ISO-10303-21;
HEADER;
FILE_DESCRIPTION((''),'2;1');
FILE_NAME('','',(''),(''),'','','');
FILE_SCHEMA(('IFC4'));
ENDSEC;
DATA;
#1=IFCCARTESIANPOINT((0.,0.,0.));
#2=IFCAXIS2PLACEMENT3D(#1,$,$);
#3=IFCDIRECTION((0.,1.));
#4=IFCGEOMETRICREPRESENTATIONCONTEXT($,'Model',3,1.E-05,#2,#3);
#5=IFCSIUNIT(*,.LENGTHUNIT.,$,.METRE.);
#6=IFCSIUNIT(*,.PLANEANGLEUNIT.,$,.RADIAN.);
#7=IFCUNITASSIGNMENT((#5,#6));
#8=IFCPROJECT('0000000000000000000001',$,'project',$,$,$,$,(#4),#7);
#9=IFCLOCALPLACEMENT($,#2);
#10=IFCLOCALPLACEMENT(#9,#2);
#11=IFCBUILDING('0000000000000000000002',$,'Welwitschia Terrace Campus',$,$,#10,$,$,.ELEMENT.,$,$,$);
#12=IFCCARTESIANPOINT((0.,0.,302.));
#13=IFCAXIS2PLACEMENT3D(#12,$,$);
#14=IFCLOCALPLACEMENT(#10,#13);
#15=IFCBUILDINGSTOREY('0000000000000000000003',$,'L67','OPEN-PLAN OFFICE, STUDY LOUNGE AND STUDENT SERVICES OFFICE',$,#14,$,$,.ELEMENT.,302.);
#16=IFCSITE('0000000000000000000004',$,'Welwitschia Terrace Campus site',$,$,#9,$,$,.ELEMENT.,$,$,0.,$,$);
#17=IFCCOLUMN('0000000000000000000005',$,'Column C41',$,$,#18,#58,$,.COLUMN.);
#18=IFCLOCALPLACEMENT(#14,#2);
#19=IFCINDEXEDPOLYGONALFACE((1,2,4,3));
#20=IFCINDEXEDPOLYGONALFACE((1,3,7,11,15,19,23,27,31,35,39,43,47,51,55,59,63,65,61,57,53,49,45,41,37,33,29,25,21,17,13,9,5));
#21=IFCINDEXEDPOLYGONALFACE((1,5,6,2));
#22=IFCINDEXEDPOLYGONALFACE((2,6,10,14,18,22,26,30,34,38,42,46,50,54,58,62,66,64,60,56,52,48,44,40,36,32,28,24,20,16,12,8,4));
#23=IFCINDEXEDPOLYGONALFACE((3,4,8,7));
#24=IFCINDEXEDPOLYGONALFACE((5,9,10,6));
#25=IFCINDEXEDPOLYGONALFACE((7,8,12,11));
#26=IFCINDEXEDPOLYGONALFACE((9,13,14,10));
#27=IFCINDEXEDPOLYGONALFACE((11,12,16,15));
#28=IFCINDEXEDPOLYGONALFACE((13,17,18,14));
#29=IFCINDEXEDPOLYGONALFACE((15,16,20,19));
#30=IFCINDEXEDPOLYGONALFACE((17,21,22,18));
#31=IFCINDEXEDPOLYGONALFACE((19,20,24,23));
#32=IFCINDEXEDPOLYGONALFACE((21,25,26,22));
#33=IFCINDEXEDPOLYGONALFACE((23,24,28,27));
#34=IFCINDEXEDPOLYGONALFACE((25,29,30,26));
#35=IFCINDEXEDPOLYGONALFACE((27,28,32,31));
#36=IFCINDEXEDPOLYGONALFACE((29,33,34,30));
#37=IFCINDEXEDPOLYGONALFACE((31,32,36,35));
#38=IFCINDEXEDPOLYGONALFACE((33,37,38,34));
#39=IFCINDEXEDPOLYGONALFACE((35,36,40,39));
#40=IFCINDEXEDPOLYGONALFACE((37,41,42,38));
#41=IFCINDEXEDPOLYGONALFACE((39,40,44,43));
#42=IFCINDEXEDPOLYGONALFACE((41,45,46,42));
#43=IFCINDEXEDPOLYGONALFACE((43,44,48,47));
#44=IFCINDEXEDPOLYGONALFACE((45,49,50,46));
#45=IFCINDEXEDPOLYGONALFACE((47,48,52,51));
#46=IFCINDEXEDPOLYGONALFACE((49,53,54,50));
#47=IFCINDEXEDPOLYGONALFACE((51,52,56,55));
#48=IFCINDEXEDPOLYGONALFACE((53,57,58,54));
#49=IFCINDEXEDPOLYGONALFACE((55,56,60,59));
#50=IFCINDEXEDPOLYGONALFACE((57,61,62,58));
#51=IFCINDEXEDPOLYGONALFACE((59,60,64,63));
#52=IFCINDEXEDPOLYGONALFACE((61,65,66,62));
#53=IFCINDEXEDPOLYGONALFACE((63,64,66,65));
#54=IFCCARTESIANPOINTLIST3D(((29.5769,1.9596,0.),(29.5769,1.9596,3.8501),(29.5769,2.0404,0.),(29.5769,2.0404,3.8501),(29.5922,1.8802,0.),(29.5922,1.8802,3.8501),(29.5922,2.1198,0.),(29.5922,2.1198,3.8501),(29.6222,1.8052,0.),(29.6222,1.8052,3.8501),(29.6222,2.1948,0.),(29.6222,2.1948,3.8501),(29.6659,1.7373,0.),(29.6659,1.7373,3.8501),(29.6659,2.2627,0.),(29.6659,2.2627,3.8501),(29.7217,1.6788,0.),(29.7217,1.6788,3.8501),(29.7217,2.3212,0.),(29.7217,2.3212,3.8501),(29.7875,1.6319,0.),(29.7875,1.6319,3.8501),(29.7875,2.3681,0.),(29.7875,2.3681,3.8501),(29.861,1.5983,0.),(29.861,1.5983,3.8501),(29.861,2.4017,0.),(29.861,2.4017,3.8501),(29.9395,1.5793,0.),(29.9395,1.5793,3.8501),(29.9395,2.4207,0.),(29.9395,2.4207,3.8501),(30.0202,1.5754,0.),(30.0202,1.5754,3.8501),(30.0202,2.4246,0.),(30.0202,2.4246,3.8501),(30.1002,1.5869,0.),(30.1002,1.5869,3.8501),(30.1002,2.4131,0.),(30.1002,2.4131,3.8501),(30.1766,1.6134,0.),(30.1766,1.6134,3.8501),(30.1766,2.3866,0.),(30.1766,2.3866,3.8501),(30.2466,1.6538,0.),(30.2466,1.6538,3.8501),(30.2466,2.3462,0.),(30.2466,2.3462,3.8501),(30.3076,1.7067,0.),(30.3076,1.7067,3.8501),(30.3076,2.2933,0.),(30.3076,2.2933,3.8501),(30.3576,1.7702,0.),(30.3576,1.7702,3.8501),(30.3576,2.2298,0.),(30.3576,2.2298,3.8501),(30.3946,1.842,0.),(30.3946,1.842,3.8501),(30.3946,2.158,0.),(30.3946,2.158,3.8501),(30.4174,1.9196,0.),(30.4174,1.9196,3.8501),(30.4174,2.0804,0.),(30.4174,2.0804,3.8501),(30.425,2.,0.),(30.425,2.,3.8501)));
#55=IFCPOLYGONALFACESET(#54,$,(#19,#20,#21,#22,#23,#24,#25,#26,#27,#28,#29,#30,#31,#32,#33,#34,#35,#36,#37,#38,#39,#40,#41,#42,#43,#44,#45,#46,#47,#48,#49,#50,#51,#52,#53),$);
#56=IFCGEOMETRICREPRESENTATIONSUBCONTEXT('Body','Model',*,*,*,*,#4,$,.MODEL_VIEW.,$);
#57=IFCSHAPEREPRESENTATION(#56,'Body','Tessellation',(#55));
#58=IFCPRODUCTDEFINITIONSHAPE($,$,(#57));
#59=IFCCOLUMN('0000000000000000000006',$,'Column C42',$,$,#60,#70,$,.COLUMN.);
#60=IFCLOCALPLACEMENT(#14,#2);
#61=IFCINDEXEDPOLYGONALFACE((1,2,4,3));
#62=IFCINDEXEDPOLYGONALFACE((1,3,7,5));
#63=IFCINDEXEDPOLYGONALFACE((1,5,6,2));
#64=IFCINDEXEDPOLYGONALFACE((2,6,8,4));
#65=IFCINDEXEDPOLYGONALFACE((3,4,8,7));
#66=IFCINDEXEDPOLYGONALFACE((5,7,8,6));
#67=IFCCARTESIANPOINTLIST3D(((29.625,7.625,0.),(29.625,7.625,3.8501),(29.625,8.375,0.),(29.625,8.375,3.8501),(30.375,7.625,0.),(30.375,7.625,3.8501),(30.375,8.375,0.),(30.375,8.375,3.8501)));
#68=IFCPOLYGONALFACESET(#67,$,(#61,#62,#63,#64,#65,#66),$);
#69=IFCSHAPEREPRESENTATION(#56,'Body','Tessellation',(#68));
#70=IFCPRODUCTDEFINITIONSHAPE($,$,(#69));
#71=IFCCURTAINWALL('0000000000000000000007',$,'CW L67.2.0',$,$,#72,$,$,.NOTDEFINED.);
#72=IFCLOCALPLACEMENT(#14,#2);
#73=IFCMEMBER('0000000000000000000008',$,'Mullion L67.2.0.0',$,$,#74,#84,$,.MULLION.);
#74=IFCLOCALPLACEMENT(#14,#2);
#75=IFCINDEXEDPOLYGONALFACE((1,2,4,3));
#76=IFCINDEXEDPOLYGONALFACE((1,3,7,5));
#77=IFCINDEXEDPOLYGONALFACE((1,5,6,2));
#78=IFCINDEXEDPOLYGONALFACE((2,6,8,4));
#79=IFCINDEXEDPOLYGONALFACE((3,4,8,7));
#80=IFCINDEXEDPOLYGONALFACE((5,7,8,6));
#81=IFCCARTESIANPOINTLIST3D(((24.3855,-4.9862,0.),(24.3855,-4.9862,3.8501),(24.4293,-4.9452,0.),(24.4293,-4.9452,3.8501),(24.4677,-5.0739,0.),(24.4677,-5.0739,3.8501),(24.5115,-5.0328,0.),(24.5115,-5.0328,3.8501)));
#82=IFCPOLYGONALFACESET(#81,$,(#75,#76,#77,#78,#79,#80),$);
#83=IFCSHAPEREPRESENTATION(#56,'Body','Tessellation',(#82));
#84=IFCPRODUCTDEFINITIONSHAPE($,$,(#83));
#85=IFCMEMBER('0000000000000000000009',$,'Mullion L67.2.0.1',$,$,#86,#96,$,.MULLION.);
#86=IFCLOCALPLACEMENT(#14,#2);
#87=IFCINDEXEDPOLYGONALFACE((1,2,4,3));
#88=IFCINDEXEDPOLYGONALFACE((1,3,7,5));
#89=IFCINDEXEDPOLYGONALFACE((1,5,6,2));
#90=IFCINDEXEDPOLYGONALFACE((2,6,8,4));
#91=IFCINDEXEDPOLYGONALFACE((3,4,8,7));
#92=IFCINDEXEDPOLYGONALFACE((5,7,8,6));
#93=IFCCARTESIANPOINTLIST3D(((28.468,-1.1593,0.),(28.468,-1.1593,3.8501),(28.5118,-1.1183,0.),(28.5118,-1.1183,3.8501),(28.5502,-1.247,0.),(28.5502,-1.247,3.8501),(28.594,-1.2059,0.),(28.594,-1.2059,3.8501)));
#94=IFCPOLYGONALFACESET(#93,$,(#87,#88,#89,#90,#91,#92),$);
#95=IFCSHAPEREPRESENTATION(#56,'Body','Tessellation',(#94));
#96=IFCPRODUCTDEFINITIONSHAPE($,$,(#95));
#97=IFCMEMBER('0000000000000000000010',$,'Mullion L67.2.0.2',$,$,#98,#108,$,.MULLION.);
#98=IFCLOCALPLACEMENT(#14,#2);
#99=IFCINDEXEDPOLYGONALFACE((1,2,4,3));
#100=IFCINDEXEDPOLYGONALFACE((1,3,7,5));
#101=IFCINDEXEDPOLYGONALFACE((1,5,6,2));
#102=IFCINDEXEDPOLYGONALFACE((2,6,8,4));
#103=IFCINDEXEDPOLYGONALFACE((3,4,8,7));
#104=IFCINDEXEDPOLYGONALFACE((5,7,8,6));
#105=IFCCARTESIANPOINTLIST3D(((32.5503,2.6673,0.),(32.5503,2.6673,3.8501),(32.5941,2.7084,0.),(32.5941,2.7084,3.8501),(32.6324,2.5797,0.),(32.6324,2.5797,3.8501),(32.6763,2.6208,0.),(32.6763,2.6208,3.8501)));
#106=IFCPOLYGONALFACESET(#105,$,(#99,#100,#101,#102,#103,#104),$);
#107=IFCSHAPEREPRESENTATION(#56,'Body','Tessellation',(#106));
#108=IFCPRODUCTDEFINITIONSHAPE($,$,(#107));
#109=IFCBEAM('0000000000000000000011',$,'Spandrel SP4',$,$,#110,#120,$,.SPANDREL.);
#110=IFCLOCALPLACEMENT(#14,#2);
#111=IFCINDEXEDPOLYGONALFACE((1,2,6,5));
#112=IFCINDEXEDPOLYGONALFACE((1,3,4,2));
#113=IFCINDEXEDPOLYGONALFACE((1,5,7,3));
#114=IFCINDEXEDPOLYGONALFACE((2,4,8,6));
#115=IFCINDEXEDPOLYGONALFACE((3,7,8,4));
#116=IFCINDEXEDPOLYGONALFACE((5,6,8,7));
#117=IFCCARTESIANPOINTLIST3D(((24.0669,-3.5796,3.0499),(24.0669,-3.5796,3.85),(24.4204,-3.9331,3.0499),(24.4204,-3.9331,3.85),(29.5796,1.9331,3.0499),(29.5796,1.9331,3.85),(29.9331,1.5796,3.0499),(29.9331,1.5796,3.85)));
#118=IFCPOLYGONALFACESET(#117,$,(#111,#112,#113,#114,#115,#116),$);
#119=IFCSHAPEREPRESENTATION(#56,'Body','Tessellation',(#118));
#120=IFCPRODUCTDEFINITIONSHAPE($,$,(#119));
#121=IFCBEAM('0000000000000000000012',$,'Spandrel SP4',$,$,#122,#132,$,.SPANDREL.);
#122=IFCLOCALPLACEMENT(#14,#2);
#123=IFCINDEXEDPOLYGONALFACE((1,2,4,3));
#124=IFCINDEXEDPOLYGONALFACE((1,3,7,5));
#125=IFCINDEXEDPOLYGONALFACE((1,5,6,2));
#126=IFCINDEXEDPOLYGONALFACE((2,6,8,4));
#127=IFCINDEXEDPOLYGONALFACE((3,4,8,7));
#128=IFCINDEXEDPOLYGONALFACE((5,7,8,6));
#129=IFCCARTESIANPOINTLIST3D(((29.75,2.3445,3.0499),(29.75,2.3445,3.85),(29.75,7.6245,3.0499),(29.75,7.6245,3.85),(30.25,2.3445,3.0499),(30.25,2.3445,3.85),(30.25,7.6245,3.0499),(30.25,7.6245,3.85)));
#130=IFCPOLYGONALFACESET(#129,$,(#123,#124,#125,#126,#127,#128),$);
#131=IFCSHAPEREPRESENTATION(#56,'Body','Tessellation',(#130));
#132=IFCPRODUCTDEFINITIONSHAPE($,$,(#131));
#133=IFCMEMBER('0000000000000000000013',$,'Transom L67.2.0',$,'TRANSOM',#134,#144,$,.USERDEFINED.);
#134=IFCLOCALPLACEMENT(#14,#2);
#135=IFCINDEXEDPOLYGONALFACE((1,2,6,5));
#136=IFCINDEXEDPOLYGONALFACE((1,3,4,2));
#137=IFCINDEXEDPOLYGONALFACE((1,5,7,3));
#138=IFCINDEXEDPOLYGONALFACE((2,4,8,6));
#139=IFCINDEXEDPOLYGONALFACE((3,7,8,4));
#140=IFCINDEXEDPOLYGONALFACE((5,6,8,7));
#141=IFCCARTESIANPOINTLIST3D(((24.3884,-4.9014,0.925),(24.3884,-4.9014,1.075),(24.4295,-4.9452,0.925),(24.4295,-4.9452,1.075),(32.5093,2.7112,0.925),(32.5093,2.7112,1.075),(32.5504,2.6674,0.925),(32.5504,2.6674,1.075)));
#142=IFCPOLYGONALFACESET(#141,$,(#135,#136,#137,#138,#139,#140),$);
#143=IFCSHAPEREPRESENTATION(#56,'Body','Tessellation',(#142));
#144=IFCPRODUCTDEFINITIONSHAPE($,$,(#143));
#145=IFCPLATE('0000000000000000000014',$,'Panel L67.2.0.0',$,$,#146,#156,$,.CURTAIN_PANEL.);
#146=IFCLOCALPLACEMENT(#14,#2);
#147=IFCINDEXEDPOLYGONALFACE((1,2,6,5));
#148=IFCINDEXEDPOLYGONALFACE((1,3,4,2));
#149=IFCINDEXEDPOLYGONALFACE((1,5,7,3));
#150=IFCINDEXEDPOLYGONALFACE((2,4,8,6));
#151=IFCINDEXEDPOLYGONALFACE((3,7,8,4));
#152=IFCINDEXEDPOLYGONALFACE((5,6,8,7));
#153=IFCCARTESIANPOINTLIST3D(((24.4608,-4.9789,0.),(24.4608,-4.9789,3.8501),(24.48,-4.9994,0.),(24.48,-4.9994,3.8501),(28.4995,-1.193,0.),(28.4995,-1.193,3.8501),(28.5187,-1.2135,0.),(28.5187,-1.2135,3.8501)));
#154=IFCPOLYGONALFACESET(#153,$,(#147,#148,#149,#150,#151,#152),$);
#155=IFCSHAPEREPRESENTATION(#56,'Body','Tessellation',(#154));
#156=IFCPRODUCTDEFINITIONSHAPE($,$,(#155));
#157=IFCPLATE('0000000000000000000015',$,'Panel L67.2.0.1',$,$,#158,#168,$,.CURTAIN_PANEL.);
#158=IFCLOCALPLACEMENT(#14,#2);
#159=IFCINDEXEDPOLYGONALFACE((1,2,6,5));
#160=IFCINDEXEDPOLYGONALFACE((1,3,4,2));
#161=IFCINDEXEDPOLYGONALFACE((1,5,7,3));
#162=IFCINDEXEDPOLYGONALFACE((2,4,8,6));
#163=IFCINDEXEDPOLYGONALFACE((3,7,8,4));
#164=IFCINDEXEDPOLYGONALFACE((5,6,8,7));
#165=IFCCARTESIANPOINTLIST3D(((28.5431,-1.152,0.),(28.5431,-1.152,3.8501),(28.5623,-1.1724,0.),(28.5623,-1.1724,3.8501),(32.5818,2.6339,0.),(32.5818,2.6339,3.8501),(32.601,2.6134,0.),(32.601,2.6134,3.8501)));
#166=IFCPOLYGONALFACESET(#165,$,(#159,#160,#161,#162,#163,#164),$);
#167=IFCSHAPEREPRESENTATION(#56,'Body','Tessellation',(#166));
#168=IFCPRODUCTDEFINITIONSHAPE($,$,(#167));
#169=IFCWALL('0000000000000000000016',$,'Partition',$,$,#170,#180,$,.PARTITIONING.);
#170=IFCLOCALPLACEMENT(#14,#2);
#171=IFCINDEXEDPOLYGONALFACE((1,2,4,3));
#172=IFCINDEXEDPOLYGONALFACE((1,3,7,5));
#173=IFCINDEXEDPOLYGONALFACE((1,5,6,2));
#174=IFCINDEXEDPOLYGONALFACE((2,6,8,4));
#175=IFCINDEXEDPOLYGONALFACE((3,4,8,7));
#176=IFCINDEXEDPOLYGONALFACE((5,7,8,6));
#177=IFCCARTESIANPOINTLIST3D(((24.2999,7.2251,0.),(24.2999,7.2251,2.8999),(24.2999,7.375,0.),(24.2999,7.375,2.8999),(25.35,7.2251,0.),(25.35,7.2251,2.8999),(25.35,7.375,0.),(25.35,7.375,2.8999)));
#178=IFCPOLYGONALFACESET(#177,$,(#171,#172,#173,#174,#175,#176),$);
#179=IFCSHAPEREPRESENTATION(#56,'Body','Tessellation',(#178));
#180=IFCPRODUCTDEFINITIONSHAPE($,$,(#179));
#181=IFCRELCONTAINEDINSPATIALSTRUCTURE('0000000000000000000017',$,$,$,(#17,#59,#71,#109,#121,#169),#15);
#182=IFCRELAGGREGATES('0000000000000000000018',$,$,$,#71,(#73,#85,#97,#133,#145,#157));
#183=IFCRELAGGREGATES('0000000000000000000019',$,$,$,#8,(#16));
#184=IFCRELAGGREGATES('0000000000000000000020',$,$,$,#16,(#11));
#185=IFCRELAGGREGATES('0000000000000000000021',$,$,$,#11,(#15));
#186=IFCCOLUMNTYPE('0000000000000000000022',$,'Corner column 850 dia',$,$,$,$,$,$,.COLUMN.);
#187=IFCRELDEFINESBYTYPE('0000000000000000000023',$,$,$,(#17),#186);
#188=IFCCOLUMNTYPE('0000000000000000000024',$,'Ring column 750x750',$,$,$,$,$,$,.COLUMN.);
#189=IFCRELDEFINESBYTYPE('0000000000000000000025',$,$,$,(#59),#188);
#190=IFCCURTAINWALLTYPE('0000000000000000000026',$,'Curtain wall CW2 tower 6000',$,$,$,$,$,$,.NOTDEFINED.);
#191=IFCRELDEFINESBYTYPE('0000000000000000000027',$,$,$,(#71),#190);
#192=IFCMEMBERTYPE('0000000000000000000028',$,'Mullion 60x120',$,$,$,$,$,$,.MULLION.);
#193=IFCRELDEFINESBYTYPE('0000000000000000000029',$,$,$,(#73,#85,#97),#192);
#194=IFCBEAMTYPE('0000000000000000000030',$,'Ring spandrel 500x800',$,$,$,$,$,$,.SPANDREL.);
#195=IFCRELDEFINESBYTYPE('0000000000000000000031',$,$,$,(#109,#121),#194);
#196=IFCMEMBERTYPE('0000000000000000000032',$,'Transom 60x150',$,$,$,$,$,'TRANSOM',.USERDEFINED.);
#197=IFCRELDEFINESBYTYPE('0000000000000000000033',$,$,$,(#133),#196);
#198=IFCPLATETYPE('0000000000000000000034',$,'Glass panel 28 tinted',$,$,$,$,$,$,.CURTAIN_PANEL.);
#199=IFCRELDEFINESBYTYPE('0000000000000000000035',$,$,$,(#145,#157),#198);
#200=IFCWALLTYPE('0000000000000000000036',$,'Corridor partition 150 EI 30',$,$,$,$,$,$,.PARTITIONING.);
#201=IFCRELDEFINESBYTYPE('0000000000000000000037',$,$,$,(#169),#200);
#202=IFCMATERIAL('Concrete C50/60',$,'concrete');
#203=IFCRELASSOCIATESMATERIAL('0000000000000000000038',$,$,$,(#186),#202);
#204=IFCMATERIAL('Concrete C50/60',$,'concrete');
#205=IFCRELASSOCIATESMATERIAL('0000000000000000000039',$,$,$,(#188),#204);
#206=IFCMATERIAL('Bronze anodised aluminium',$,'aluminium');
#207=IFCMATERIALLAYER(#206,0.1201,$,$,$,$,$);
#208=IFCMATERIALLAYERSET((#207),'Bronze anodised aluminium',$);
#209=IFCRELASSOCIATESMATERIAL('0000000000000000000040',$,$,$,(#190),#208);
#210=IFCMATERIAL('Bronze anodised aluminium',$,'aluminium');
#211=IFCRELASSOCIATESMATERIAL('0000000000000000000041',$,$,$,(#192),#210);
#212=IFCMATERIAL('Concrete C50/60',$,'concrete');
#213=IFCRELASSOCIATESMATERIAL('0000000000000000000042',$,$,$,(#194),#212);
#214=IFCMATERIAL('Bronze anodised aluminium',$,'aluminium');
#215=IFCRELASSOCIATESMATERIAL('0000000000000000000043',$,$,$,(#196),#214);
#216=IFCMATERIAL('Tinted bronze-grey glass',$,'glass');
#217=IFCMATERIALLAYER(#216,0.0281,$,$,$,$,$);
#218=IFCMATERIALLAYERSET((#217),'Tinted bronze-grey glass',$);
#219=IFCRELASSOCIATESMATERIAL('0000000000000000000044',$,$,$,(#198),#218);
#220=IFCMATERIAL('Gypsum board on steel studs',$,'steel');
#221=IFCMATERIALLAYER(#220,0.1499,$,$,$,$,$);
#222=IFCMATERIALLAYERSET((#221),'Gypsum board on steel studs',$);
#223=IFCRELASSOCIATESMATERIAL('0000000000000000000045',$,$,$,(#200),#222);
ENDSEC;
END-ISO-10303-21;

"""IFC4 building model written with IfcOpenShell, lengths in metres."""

from ifc_helpers import new_model, si_unit, direction, frame, frame_2d, origin, origin_2d, place, context, subcontext, project, spatial, rectangle, circle, extrude, material, layer, layer_set, material_profile, profile_set, type_object, element, aggregate, save


model = new_model("IFC4")

# Units and contexts
model_context = context("Model", 3, precision=1e-05, world=origin(), true_north=direction((0.0, 1.0)))
body_context = subcontext(model_context, "Body", "Model", "MODEL_VIEW")
ifc_project = project(units=[si_unit("LENGTHUNIT", "METRE"), si_unit("PLANEANGLEUNIT", "RADIAN")], contexts=[model_context])

# Site, building, storey
site_placement = place(None, origin())
site = spatial("IfcSite", under=ifc_project, at=site_placement, Name="Welwitschia Terrace Campus site", CompositionType="ELEMENT", RefElevation=0.0)
building_placement = place(site_placement, origin())
building = spatial("IfcBuilding", under=site, at=building_placement, Name="Welwitschia Terrace Campus", CompositionType="ELEMENT")
storey_placement = place(building_placement, frame((0.0, 0.0, 302.0)))
storey = spatial("IfcBuildingStorey", under=building, at=storey_placement, Name="L67", Description="OPEN-PLAN OFFICE, STUDY LOUNGE AND STUDENT SERVICES OFFICE", CompositionType="ELEMENT", Elevation=302.0)

# Columns
ifc_material_1 = material(Name="Concrete C50/60", Category="concrete")
ifc_material_profile_1 = material_profile(ifc_material_1, circle(Radius=0.425, at=origin_2d()))
ifc_profile_set_1 = profile_set([ifc_material_profile_1], Name="Concrete C50/60")
column_type_1 = type_object("IfcColumnType", Name="Corner column 850 dia", PredefinedType="COLUMN", material=ifc_profile_set_1)
column_1_placement = place(storey_placement, frame((30.0, 2.0, 0.0), z_axis=(0.0, 0.0, 1.0), x_axis=(1.0, 0.0, 0.0)))
element("IfcColumn", 1, at=column_1_placement, inside=storey, type_object=column_type_1, Name="Column C41", PredefinedType="COLUMN", context=body_context, shape_type="SweptSolid", body=[
    extrude(circle(Radius=0.425, at=origin_2d()), origin(), (0.0, 0.0, 1.0), 3.8501),
])
ifc_material_2 = material(Name="Concrete C50/60", Category="concrete")
ifc_material_profile_2 = material_profile(ifc_material_2, rectangle(XDim=0.75, YDim=0.75, at=origin_2d()))
ifc_profile_set_2 = profile_set([ifc_material_profile_2], Name="Concrete C50/60")
column_type_2 = type_object("IfcColumnType", Name="Ring column 750x750", PredefinedType="COLUMN", material=ifc_profile_set_2)
column_2_placement = place(storey_placement, frame((30.0, 8.0, 0.0), z_axis=(0.0, 0.0, 1.0), x_axis=(1.0, 0.0, 0.0)))
element("IfcColumn", 2, at=column_2_placement, inside=storey, type_object=column_type_2, Name="Column C42", PredefinedType="COLUMN", context=body_context, shape_type="SweptSolid", body=[
    extrude(rectangle(XDim=0.75, YDim=0.75, at=origin_2d()), origin(), (0.0, 0.0, 1.0), 3.8501),
])

# Curtain wall, members
ifc_material_3 = material(Name="Bronze anodised aluminium", Category="aluminium")
ifc_layer_1 = layer(ifc_material_3, 0.1201)
ifc_layer_set_1 = layer_set([ifc_layer_1], Name="Bronze anodised aluminium")
curtain_wall_type = type_object("IfcCurtainWallType", Name="Curtain wall CW2 tower 6000", PredefinedType="NOTDEFINED", material=ifc_layer_set_1)
curtain_wall_placement = place(storey_placement, origin())
curtain_wall = element("IfcCurtainWall", 3, at=curtain_wall_placement, inside=storey, type_object=curtain_wall_type, Name="CW L67.2.0", PredefinedType="NOTDEFINED")
ifc_material_4 = material(Name="Bronze anodised aluminium", Category="aluminium")
ifc_material_profile_3 = material_profile(ifc_material_4, rectangle(XDim=0.1201, YDim=0.0601, at=origin_2d()))
ifc_profile_set_3 = profile_set([ifc_material_profile_3], Name="Bronze anodised aluminium")
member_type_1 = type_object("IfcMemberType", Name="Mullion 60x120", PredefinedType="MULLION", material=ifc_profile_set_3)
member_1_placement = place(storey_placement, frame((24.4485, -5.0095, 0.0), z_axis=(0.0, 0.0, 1.0), x_axis=(-0.683902, 0.729574, 0.0)))
member_1 = element("IfcMember", 4, at=member_1_placement, type_object=member_type_1, Name="Mullion L67.2.0.0", PredefinedType="MULLION", context=body_context, shape_type="SweptSolid", body=[
    extrude(rectangle(XDim=0.1201, YDim=0.0601, at=origin_2d()), origin(), (0.0, 0.0, 1.0), 3.8501),
])
member_2_placement = place(storey_placement, frame((28.531, -1.1826, 0.0), z_axis=(0.0, 0.0, 1.0), x_axis=(-0.683902, 0.729574, 0.0)))
member_2 = element("IfcMember", 5, at=member_2_placement, type_object=member_type_1, Name="Mullion L67.2.0.1", PredefinedType="MULLION", context=body_context, shape_type="SweptSolid", body=[
    extrude(rectangle(XDim=0.1201, YDim=0.0601, at=origin_2d()), origin(), (0.0, 0.0, 1.0), 3.8501),
])
member_3_placement = place(storey_placement, frame((32.6133, 2.644, 0.0), z_axis=(0.0, 0.0, 1.0), x_axis=(-0.683902, 0.729574, 0.0)))
member_3 = element("IfcMember", 6, at=member_3_placement, type_object=member_type_1, Name="Mullion L67.2.0.2", PredefinedType="MULLION", context=body_context, shape_type="SweptSolid", body=[
    extrude(rectangle(XDim=0.1201, YDim=0.0601, at=origin_2d()), origin(), (0.0, 0.0, 1.0), 3.8501),
])

# Beams
ifc_material_5 = material(Name="Concrete C50/60", Category="concrete")
ifc_material_profile_4 = material_profile(ifc_material_5, rectangle(XDim=0.5, YDim=0.8, at=origin_2d()))
ifc_profile_set_4 = profile_set([ifc_material_profile_4], Name="Concrete C50/60")
beam_type = type_object("IfcBeamType", Name="Ring spandrel 500x800", PredefinedType="SPANDREL", material=ifc_profile_set_4)
beam_1_placement = place(storey_placement, frame((24.2437, -3.7563, 3.45), z_axis=(0.707107, 0.707107, 0.0), x_axis=(-0.707107, 0.707107, 0.0)))
element("IfcBeam", 7, at=beam_1_placement, inside=storey, type_object=beam_type, Name="Spandrel SP4", PredefinedType="SPANDREL", context=body_context, shape_type="SweptSolid", body=[
    extrude(rectangle(XDim=0.5, YDim=0.8, at=origin_2d()), origin(), (0.0, 0.0, 1.0), 7.7961),
])
beam_2_placement = place(storey_placement, frame((30.0, 2.3445, 3.45), z_axis=(0.0, 1.0, 0.0), x_axis=(-1.0, 0.0, 0.0)))
element("IfcBeam", 8, at=beam_2_placement, inside=storey, type_object=beam_type, Name="Spandrel SP4", PredefinedType="SPANDREL", context=body_context, shape_type="SweptSolid", body=[
    extrude(rectangle(XDim=0.5, YDim=0.8, at=origin_2d()), origin(), (0.0, 0.0, 1.0), 5.28),
])

# Member
ifc_material_6 = material(Name="Bronze anodised aluminium", Category="aluminium")
ifc_material_profile_5 = material_profile(ifc_material_6, rectangle(XDim=0.0601, YDim=0.1499, at=origin_2d()))
ifc_profile_set_5 = profile_set([ifc_material_profile_5], Name="Bronze anodised aluminium")
member_type_2 = type_object("IfcMemberType", Name="Transom 60x150", ElementType="TRANSOM", PredefinedType="USERDEFINED", material=ifc_profile_set_5)
member_4_placement = place(storey_placement, frame((24.4089, -4.9233, 1.0), z_axis=(0.729571, 0.683905, 0.0), x_axis=(-0.683905, 0.729571, 0.0)))
member_4 = element("IfcMember", 9, at=member_4_placement, type_object=member_type_2, Name="Transom L67.2.0", ObjectType="TRANSOM", PredefinedType="USERDEFINED", context=body_context, shape_type="SweptSolid", body=[
    extrude(rectangle(XDim=0.0601, YDim=0.1499, at=origin_2d()), origin(), (0.0, 0.0, 1.0), 11.1311),
])

# Plates
ifc_material_7 = material(Name="Tinted bronze-grey glass", Category="glass")
ifc_layer_2 = layer(ifc_material_7, 0.0281)
ifc_layer_set_2 = layer_set([ifc_layer_2], Name="Tinted bronze-grey glass")
plate_type = type_object("IfcPlateType", Name="Glass panel 28 tinted", PredefinedType="CURTAIN_PANEL", material=ifc_layer_set_2)
plate_1_placement = place(storey_placement, frame((26.4897, -3.0962, 0.0), z_axis=(0.0, 0.0, 1.0), x_axis=(0.729574, 0.683902, 0.0)))
plate_1 = element("IfcPlate", 10, at=plate_1_placement, type_object=plate_type, Name="Panel L67.2.0.0", PredefinedType="CURTAIN_PANEL", context=body_context, shape_type="SweptSolid", body=[
    extrude(rectangle(XDim=5.5356, YDim=0.0281, at=origin_2d()), origin(), (0.0, 0.0, 1.0), 3.8501),
])
plate_2_placement = place(storey_placement, frame((30.572, 0.7307, 0.0), z_axis=(0.0, 0.0, 1.0), x_axis=(0.729574, 0.683902, 0.0)))
plate_2 = element("IfcPlate", 11, at=plate_2_placement, type_object=plate_type, Name="Panel L67.2.0.1", PredefinedType="CURTAIN_PANEL", context=body_context, shape_type="SweptSolid", body=[
    extrude(rectangle(XDim=5.5356, YDim=0.0281, at=origin_2d()), origin(), (0.0, 0.0, 1.0), 3.8501),
])
aggregate(curtain_wall, [member_1, member_2, member_3, member_4, plate_1, plate_2])

# Wall
ifc_material_8 = material(Name="Gypsum board on steel studs", Category="steel")
ifc_layer_3 = layer(ifc_material_8, 0.1499)
ifc_layer_set_3 = layer_set([ifc_layer_3], Name="Gypsum board on steel studs")
wall_type_1 = type_object("IfcWallType", Name="Corridor partition 150 EI 30", PredefinedType="PARTITIONING", material=ifc_layer_set_3)
wall_1_placement = place(storey_placement, frame((24.3, 7.3, 0.0), z_axis=(0.0, 0.0, 1.0), x_axis=(1.0, 0.0, 0.0)))
element("IfcWall", 12, at=wall_1_placement, inside=storey, type_object=wall_type_1, Name="Partition", PredefinedType="PARTITIONING", context=body_context, shape_type="SweptSolid", body=[
    extrude(rectangle(XDim=1.05, YDim=0.1499, at=frame_2d((0.5249, 0.0))), origin(), (0.0, 0.0, 1.0), 2.8999),
])

save(model, "model.ifc")
